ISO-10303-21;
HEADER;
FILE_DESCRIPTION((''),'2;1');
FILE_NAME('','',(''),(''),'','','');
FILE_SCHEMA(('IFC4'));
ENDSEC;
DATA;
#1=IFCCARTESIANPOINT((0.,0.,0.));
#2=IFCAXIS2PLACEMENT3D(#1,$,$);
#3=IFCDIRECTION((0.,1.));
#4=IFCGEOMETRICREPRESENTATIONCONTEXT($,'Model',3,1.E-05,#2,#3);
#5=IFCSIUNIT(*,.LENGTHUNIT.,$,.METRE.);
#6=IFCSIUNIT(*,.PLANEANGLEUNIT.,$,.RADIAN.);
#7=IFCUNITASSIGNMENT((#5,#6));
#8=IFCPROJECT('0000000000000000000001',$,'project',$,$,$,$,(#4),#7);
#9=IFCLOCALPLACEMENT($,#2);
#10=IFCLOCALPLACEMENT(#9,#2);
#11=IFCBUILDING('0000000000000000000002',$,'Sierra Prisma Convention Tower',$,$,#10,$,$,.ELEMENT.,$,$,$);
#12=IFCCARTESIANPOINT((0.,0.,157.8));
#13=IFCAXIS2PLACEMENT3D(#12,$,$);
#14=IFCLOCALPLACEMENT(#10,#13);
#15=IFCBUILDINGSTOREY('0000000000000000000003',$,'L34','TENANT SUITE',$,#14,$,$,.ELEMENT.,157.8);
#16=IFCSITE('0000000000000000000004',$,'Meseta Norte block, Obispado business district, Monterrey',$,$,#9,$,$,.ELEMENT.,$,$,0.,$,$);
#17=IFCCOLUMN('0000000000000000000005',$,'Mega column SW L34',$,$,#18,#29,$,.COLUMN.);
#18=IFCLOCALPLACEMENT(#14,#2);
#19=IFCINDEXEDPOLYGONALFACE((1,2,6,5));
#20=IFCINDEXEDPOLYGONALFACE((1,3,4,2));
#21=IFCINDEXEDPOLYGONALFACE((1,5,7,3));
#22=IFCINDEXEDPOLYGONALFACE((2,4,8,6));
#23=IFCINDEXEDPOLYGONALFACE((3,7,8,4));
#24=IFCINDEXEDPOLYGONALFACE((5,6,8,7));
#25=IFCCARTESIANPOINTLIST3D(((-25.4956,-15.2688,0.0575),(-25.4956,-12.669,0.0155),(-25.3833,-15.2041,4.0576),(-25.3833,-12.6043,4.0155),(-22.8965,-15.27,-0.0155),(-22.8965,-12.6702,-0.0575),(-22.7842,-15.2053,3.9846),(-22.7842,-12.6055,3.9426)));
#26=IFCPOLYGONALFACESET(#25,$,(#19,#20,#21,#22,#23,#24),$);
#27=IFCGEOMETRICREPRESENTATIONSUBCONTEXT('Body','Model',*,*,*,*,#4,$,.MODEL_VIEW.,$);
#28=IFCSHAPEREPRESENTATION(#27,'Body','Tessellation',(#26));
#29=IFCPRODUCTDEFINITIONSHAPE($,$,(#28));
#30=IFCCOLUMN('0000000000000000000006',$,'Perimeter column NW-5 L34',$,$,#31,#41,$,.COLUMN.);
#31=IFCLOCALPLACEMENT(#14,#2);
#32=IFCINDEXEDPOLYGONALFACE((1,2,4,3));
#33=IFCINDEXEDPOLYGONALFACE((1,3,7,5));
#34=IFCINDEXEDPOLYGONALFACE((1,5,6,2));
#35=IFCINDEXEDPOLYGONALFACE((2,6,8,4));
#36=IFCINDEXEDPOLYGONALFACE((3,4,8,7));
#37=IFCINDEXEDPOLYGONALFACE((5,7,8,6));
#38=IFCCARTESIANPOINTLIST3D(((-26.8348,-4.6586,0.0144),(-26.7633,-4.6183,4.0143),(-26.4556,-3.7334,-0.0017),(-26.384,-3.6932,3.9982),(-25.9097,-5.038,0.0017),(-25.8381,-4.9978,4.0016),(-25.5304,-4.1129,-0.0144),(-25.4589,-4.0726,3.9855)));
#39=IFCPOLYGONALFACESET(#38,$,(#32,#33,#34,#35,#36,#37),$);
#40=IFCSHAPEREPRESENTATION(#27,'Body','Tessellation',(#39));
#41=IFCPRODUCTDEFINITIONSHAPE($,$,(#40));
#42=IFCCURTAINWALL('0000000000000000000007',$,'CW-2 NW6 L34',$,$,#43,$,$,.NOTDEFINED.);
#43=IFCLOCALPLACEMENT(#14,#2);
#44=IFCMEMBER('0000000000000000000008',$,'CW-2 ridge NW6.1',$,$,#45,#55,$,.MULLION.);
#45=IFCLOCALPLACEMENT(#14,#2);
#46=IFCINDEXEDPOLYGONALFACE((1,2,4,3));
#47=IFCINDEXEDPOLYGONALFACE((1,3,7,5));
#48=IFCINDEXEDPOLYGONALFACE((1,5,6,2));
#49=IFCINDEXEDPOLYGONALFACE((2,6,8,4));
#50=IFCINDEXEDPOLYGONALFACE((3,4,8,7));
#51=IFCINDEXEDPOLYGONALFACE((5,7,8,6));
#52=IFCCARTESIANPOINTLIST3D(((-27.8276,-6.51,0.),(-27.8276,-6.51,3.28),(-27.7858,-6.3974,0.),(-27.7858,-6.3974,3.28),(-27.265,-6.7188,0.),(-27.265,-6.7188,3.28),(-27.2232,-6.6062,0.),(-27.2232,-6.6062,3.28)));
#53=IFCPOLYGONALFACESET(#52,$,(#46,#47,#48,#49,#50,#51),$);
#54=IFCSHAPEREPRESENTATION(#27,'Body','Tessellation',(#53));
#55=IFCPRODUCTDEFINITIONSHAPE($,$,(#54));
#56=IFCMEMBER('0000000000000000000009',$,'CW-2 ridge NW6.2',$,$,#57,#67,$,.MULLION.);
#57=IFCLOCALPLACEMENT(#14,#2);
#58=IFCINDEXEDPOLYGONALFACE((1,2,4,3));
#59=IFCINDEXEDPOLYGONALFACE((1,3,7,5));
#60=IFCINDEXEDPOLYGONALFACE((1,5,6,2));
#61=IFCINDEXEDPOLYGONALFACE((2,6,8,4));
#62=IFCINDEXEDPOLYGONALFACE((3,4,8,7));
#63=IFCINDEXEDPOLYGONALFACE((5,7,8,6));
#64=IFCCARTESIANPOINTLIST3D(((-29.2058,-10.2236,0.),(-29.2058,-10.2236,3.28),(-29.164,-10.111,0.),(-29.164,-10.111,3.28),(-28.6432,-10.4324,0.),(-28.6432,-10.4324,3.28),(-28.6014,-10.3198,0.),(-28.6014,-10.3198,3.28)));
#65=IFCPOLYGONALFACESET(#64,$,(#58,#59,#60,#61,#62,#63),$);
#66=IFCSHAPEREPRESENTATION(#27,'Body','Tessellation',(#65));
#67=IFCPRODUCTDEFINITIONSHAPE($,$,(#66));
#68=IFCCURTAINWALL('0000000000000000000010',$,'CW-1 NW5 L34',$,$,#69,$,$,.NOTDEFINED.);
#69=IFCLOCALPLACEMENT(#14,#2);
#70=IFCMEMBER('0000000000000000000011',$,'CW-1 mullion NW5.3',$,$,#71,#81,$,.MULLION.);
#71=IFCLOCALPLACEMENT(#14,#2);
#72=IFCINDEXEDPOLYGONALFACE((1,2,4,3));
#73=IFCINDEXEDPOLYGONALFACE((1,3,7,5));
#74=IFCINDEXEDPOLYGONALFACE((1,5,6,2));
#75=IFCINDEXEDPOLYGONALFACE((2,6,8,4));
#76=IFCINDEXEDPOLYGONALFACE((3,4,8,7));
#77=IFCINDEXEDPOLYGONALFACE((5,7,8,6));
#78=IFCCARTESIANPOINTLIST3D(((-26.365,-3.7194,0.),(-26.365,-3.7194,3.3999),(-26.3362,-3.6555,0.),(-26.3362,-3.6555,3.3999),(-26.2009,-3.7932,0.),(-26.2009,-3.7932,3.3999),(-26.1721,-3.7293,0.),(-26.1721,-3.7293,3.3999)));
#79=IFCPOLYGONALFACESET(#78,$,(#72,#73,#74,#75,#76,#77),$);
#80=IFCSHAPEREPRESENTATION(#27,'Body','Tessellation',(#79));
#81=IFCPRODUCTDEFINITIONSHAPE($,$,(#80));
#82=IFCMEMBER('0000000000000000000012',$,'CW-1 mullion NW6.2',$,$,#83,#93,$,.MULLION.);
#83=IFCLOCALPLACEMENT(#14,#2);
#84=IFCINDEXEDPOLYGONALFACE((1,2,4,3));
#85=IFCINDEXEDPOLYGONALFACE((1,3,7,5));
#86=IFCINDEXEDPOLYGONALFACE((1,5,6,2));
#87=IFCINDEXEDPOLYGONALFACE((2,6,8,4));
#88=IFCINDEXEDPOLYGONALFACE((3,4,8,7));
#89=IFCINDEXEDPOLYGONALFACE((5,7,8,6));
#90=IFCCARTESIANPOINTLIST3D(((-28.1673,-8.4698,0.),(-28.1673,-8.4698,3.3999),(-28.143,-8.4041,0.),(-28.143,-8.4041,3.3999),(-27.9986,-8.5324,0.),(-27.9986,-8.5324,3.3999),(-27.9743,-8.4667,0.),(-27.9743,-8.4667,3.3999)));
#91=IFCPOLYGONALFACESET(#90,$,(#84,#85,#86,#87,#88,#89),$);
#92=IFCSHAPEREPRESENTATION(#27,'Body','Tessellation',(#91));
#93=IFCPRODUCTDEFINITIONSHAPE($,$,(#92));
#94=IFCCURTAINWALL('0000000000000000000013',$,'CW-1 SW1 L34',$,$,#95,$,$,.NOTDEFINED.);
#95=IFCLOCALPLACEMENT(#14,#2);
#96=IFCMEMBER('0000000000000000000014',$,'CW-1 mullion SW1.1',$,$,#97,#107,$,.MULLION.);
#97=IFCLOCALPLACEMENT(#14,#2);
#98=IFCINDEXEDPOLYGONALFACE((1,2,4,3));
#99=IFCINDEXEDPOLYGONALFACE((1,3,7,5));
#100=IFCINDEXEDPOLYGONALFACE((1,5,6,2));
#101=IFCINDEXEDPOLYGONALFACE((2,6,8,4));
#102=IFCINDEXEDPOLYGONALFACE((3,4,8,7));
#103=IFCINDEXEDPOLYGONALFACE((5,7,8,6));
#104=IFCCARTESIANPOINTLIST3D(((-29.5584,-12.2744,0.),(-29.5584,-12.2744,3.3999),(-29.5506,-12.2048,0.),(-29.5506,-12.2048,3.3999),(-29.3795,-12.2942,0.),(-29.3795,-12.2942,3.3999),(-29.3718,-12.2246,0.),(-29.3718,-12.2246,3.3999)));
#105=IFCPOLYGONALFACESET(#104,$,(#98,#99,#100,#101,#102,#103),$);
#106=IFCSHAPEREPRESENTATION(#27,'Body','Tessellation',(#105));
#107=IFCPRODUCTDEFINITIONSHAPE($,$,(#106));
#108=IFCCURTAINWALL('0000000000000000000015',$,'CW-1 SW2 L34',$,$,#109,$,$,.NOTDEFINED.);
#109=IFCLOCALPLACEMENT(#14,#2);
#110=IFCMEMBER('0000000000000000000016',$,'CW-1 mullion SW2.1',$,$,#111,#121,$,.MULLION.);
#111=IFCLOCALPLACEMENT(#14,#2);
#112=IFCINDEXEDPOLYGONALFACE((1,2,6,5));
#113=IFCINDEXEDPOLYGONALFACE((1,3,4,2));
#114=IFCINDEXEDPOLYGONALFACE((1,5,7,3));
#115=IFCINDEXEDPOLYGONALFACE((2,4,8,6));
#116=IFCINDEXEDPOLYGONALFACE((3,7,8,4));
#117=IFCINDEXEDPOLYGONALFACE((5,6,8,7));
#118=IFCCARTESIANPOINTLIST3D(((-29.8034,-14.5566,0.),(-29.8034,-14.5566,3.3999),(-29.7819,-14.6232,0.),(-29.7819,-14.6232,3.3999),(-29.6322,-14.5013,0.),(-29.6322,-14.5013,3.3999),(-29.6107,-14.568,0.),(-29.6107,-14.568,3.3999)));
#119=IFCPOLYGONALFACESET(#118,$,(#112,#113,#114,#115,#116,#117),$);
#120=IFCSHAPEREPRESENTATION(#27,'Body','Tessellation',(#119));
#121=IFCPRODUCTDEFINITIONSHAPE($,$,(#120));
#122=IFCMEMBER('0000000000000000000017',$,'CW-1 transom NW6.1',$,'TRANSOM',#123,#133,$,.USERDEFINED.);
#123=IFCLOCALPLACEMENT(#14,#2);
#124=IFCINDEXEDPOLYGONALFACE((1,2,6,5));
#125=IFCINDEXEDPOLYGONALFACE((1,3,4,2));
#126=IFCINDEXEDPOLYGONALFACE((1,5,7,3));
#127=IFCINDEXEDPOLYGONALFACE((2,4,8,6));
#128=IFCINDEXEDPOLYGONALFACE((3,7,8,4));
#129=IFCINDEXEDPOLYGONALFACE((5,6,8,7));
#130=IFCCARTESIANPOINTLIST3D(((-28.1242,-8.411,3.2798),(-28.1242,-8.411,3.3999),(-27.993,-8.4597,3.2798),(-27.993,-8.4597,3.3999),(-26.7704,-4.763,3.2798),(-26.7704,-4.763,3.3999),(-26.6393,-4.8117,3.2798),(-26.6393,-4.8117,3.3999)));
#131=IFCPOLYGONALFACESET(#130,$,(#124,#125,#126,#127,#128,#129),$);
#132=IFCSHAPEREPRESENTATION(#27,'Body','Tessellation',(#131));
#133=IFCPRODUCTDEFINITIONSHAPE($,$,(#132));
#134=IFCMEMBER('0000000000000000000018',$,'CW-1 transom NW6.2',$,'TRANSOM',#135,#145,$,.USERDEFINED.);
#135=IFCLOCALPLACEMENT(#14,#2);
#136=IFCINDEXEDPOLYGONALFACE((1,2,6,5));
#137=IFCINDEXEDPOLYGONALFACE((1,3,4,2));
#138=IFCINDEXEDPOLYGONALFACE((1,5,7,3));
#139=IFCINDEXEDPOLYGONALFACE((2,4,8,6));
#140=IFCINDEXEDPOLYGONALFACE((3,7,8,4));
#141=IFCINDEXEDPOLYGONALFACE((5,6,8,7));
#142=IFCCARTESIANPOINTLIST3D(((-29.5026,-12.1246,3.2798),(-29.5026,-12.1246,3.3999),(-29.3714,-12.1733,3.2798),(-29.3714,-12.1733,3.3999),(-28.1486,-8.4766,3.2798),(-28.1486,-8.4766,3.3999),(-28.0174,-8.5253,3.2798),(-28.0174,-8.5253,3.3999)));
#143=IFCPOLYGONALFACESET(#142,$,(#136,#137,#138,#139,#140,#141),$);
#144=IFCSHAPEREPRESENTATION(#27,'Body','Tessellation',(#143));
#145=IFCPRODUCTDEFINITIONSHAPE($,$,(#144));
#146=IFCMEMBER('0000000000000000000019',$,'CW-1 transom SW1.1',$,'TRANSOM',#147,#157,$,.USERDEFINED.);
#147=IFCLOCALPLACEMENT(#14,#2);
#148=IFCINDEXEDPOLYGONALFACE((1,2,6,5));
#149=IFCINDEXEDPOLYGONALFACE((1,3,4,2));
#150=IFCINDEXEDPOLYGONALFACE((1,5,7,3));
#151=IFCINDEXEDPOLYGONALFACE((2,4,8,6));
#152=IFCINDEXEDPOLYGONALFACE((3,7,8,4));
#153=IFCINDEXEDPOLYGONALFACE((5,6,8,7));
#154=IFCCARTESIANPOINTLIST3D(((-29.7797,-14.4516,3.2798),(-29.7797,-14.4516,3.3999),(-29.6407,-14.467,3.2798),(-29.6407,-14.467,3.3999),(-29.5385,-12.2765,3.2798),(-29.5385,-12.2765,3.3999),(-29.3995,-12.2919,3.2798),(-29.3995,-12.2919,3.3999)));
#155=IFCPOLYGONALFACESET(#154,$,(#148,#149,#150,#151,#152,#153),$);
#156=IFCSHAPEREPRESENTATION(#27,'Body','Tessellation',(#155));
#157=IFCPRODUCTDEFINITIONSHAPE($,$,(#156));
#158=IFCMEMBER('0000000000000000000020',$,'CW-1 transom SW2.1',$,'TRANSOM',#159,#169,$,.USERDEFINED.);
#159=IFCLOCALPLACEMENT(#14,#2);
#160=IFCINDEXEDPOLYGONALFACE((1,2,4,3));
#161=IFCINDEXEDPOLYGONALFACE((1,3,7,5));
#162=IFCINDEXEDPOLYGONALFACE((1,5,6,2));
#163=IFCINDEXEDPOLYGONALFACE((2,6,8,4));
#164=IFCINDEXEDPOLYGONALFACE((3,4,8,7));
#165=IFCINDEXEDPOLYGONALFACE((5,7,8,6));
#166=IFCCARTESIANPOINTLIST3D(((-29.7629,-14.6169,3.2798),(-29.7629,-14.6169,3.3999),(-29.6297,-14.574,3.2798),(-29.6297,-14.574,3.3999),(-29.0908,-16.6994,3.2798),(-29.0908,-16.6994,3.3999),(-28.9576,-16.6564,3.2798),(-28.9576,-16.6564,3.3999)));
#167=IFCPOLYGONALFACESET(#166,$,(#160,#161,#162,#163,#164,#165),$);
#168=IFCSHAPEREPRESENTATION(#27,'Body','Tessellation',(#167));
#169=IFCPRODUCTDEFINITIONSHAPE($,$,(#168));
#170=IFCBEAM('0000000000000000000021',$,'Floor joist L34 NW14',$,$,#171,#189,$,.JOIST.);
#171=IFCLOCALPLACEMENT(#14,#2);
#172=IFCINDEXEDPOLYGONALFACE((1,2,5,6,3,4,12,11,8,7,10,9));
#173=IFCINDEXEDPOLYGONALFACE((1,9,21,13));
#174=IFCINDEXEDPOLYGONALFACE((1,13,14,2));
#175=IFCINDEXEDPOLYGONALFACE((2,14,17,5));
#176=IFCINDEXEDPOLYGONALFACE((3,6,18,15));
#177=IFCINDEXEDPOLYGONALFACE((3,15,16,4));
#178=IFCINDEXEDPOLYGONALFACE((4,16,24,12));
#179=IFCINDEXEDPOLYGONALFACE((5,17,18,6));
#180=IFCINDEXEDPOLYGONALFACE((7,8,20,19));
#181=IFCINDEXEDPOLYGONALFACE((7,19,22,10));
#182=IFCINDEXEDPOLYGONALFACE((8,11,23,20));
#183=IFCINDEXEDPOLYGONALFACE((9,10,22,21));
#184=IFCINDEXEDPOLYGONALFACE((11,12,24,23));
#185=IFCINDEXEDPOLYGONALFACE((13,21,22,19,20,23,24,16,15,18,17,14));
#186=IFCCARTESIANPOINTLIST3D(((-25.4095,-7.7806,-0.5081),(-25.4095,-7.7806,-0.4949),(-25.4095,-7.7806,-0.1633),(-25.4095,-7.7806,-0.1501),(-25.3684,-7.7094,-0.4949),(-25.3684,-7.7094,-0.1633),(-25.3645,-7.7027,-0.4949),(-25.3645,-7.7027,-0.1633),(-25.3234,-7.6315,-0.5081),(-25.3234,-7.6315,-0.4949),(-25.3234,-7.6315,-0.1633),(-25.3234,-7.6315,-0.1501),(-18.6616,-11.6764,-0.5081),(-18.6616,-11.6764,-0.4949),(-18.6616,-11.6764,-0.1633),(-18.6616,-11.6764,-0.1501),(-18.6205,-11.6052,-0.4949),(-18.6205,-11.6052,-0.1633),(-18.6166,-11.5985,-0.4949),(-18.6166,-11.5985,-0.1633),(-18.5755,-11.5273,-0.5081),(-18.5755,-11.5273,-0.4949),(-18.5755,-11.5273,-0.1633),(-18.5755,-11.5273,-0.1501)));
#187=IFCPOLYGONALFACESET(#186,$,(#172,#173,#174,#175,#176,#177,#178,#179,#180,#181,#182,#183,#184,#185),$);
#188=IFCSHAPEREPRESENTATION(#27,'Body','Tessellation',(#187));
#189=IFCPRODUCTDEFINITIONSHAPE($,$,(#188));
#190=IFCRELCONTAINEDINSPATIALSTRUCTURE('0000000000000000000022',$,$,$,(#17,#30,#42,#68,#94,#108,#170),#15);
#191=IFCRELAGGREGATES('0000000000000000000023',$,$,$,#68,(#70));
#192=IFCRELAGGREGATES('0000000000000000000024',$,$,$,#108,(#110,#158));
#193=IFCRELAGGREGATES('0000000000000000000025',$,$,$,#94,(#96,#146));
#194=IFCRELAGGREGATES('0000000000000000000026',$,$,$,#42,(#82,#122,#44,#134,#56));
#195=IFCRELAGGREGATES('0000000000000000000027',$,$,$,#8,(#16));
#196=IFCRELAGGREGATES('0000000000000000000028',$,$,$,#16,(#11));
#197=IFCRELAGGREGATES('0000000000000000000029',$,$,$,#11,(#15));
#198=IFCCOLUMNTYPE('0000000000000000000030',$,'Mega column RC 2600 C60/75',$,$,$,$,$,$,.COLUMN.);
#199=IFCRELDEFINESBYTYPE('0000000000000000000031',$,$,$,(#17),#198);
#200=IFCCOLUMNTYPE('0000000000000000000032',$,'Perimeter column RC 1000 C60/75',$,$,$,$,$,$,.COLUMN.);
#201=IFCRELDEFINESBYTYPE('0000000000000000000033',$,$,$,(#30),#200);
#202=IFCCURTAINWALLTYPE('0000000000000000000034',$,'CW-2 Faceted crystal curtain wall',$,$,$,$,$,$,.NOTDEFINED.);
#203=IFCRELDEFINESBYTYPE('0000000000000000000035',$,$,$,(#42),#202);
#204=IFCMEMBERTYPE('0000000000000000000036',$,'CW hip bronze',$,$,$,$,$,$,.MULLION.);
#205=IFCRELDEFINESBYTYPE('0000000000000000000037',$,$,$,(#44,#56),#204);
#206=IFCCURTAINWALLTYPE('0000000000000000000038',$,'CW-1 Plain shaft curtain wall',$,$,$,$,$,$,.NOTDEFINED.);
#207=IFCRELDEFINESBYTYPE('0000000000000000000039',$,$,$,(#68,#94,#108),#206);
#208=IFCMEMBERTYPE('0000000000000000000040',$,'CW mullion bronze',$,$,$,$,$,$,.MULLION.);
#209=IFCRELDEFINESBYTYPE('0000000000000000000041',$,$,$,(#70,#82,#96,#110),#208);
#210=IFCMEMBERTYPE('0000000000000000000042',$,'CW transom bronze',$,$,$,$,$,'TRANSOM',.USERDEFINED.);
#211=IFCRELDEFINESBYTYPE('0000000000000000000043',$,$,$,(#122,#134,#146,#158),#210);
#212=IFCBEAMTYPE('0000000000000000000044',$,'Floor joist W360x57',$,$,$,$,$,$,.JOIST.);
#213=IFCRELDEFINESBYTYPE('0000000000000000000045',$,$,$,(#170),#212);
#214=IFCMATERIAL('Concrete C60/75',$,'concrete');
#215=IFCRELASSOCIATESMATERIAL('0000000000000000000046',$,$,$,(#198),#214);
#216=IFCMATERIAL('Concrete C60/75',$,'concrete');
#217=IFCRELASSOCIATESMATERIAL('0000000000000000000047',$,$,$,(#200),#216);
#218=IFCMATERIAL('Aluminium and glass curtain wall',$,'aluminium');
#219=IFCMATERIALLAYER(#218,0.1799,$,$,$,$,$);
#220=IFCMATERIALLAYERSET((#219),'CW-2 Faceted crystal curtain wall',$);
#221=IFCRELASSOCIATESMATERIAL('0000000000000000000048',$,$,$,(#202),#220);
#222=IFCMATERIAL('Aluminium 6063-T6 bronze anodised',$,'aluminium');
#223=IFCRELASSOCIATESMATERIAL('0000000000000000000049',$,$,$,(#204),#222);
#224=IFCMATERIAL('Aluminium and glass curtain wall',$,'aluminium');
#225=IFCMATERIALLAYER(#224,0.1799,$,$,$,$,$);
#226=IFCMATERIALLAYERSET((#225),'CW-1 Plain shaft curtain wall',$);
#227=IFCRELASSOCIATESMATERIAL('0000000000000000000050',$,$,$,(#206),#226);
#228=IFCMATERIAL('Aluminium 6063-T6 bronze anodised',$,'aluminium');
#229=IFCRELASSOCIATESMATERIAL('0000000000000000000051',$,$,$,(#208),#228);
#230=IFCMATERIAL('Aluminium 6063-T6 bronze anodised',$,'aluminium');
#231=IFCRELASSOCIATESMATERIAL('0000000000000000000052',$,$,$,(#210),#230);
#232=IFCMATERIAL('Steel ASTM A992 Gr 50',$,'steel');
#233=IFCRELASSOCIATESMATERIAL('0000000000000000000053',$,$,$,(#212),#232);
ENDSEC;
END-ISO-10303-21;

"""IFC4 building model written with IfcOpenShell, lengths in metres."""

from ifc_helpers import new_model, si_unit, direction, frame, origin, origin_2d, place, context, subcontext, project, spatial, rectangle, i_section, extrude, material, layer, layer_set, material_profile, profile_set, type_object, element, aggregate, save


model = new_model("IFC4")

# Units and contexts
model_context = context("Model", 3, precision=1e-05, world=origin(), true_north=direction((0.0, 1.0)))
body_context = subcontext(model_context, "Body", "Model", "MODEL_VIEW")
ifc_project = project(units=[si_unit("LENGTHUNIT", "METRE"), si_unit("PLANEANGLEUNIT", "RADIAN")], contexts=[model_context])

# Site, building, storey
site_placement = place(None, origin())
site = spatial("IfcSite", under=ifc_project, at=site_placement, Name="Meseta Norte block, Obispado business district, Monterrey", CompositionType="ELEMENT", RefElevation=0.0)
building_placement = place(site_placement, origin())
building = spatial("IfcBuilding", under=site, at=building_placement, Name="Sierra Prisma Convention Tower", CompositionType="ELEMENT")
storey_placement = place(building_placement, frame((0.0, 0.0, 157.8)))
storey = spatial("IfcBuildingStorey", under=building, at=storey_placement, Name="L34", Description="TENANT SUITE", CompositionType="ELEMENT", Elevation=157.8)

# Columns
ifc_material_1 = material(Name="Concrete C60/75", Category="concrete")
ifc_material_profile_1 = material_profile(ifc_material_1, rectangle(XDim=2.6001, YDim=2.6001, at=origin_2d()), Name="Mega column RC 2600 C60/75")
ifc_profile_set_1 = profile_set([ifc_material_profile_1], Name="Concrete C60/75")
column_type_1 = type_object("IfcColumnType", Name="Mega column RC 2600 C60/75", PredefinedType="COLUMN", material=ifc_profile_set_1)
column_1_placement = place(storey_placement, frame((-24.196, -13.9695, 0.0), z_axis=(0.028061, 0.016166, 0.999475), x_axis=(0.999606, -0.000454, -0.028058)))
element("IfcColumn", 1, at=column_1_placement, inside=storey, type_object=column_type_1, Name="Mega column SW L34", PredefinedType="COLUMN", context=body_context, shape_type="SweptSolid", body=[
    extrude(rectangle(XDim=2.6001, YDim=2.6001, at=origin_2d()), origin(), (0.0, 0.0, 1.0), 4.0022),
])
ifc_material_2 = material(Name="Concrete C60/75", Category="concrete")
ifc_material_profile_2 = material_profile(ifc_material_2, rectangle(XDim=1.0, YDim=1.0, at=origin_2d()), Name="Perimeter column RC 1000 C60/75")
ifc_profile_set_2 = profile_set([ifc_material_profile_2], Name="Concrete C60/75")
column_type_2 = type_object("IfcColumnType", Name="Perimeter column RC 1000 C60/75", PredefinedType="COLUMN", material=ifc_profile_set_2)
column_2_placement = place(storey_placement, frame((-26.1826, -4.3857, 0.0), z_axis=(0.01788, 0.010069, 0.999789), x_axis=(0.379231, 0.925162, -0.016099)))
element("IfcColumn", 2, at=column_2_placement, inside=storey, type_object=column_type_2, Name="Perimeter column NW-5 L34", PredefinedType="COLUMN", context=body_context, shape_type="SweptSolid", body=[
    extrude(rectangle(XDim=1.0, YDim=1.0, at=origin_2d()), origin(), (0.0, 0.0, 1.0), 4.0007),
])

# Curtain wall, members
ifc_material_3 = material(Name="Aluminium and glass curtain wall", Category="aluminium")
ifc_layer_1 = layer(ifc_material_3, 0.1799)
ifc_layer_set_1 = layer_set([ifc_layer_1], Name="CW-2 Faceted crystal curtain wall")
curtain_wall_type_1 = type_object("IfcCurtainWallType", Name="CW-2 Faceted crystal curtain wall", PredefinedType="NOTDEFINED", material=ifc_layer_set_1)
curtain_wall_1_placement = place(storey_placement, origin())
curtain_wall_1 = element("IfcCurtainWall", 3, at=curtain_wall_1_placement, inside=storey, type_object=curtain_wall_type_1, Name="CW-2 NW6 L34", PredefinedType="NOTDEFINED")
ifc_material_4 = material(Name="Aluminium 6063-T6 bronze anodised", Category="aluminium")
ifc_material_profile_3 = material_profile(ifc_material_4, rectangle(XDim=0.1201, YDim=0.6001, at=origin_2d()), Name="ALU RIDGE BLADE 120x600")
ifc_profile_set_3 = profile_set([ifc_material_profile_3], Name="Aluminium 6063-T6 bronze anodised")
member_type_1 = type_object("IfcMemberType", Name="CW hip bronze", PredefinedType="MULLION", material=ifc_profile_set_3)
member_1_placement = place(storey_placement, frame((-27.5254, -6.5581, 0.0), z_axis=(0.0, 0.0, 1.0), x_axis=(-0.347954, -0.937511, 0.0)))
member_1 = element("IfcMember", 4, at=member_1_placement, type_object=member_type_1, Name="CW-2 ridge NW6.1", PredefinedType="MULLION", context=body_context, shape_type="SweptSolid", body=[
    extrude(rectangle(XDim=0.1201, YDim=0.6001, at=origin_2d()), origin(), (0.0, 0.0, 1.0), 3.28),
])
member_2_placement = place(storey_placement, frame((-28.9036, -10.2717, 0.0), z_axis=(0.0, 0.0, 1.0), x_axis=(-0.347954, -0.937511, 0.0)))
member_2 = element("IfcMember", 5, at=member_2_placement, type_object=member_type_1, Name="CW-2 ridge NW6.2", PredefinedType="MULLION", context=body_context, shape_type="SweptSolid", body=[
    extrude(rectangle(XDim=0.1201, YDim=0.6001, at=origin_2d()), origin(), (0.0, 0.0, 1.0), 3.28),
])

# Curtain wall, member
ifc_material_5 = material(Name="Aluminium and glass curtain wall", Category="aluminium")
ifc_layer_2 = layer(ifc_material_5, 0.1799)
ifc_layer_set_2 = layer_set([ifc_layer_2], Name="CW-1 Plain shaft curtain wall")
curtain_wall_type_2 = type_object("IfcCurtainWallType", Name="CW-1 Plain shaft curtain wall", PredefinedType="NOTDEFINED", material=ifc_layer_set_2)
curtain_wall_2_placement = place(storey_placement, origin())
curtain_wall_2 = element("IfcCurtainWall", 6, at=curtain_wall_2_placement, inside=storey, type_object=curtain_wall_type_2, Name="CW-1 NW5 L34", PredefinedType="NOTDEFINED")
ifc_material_6 = material(Name="Aluminium 6063-T6 bronze anodised", Category="aluminium")
ifc_material_profile_4 = material_profile(ifc_material_6, rectangle(XDim=0.1799, YDim=0.0701, at=origin_2d()), Name="ALU MULLION 70x180")
ifc_profile_set_4 = profile_set([ifc_material_profile_4], Name="Aluminium 6063-T6 bronze anodised")
member_type_2 = type_object("IfcMemberType", Name="CW mullion bronze", PredefinedType="MULLION", material=ifc_profile_set_4)
member_3_placement = place(storey_placement, frame((-26.2686, -3.7244, 0.0), z_axis=(0.0, 0.0, 1.0), x_axis=(0.911996, -0.410199, 0.0)))
member_3 = element("IfcMember", 7, at=member_3_placement, type_object=member_type_2, Name="CW-1 mullion NW5.3", PredefinedType="MULLION", context=body_context, shape_type="SweptSolid", body=[
    extrude(rectangle(XDim=0.1799, YDim=0.0701, at=origin_2d()), origin(), (0.0, 0.0, 1.0), 3.3999),
])
aggregate(curtain_wall_2, [member_3])

# Member
member_4_placement = place(storey_placement, frame((-28.0708, -8.4683, 0.0), z_axis=(0.0, 0.0, 1.0), x_axis=(0.937511, -0.347954, 0.0)))
member_4 = element("IfcMember", 8, at=member_4_placement, type_object=member_type_2, Name="CW-1 mullion NW6.2", PredefinedType="MULLION", context=body_context, shape_type="SweptSolid", body=[
    extrude(rectangle(XDim=0.1799, YDim=0.0701, at=origin_2d()), origin(), (0.0, 0.0, 1.0), 3.3999),
])

# Curtain walls, members
curtain_wall_3_placement = place(storey_placement, origin())
curtain_wall_3 = element("IfcCurtainWall", 9, at=curtain_wall_3_placement, inside=storey, type_object=curtain_wall_type_2, Name="CW-1 SW1 L34", PredefinedType="NOTDEFINED")
member_5_placement = place(storey_placement, frame((-29.4651, -12.2495, 0.0), z_axis=(0.0, 0.0, 1.0), x_axis=(0.993911, -0.110186, 0.0)))
member_5 = element("IfcMember", 10, at=member_5_placement, type_object=member_type_2, Name="CW-1 mullion SW1.1", PredefinedType="MULLION", context=body_context, shape_type="SweptSolid", body=[
    extrude(rectangle(XDim=0.1799, YDim=0.0701, at=origin_2d()), origin(), (0.0, 0.0, 1.0), 3.3999),
])
curtain_wall_4_placement = place(storey_placement, origin())
curtain_wall_4 = element("IfcCurtainWall", 11, at=curtain_wall_4_placement, inside=storey, type_object=curtain_wall_type_2, Name="CW-1 SW2 L34", PredefinedType="NOTDEFINED")
member_6_placement = place(storey_placement, frame((-29.707, -14.5623, 0.0), z_axis=(0.0, 0.0, 1.0), x_axis=(0.951641, 0.307213, 0.0)))
member_6 = element("IfcMember", 12, at=member_6_placement, type_object=member_type_2, Name="CW-1 mullion SW2.1", PredefinedType="MULLION", context=body_context, shape_type="SweptSolid", body=[
    extrude(rectangle(XDim=0.1799, YDim=0.0701, at=origin_2d()), origin(), (0.0, 0.0, 1.0), 3.3999),
])

# Members
ifc_material_7 = material(Name="Aluminium 6063-T6 bronze anodised", Category="aluminium")
ifc_material_profile_5 = material_profile(ifc_material_7, rectangle(XDim=0.1399, YDim=0.1201, at=origin_2d()), Name="ALU TRANSOM 120x140")
ifc_profile_set_5 = profile_set([ifc_material_profile_5], Name="Aluminium 6063-T6 bronze anodised")
member_type_3 = type_object("IfcMemberType", Name="CW transom bronze", ElementType="TRANSOM", PredefinedType="USERDEFINED", material=ifc_profile_set_5)
member_7_placement = place(storey_placement, frame((-26.7048, -4.7874, 3.3398), z_axis=(-0.347917, -0.937525, 0.0), x_axis=(0.937525, -0.347917, 0.0)))
member_7 = element("IfcMember", 13, at=member_7_placement, type_object=member_type_3, Name="CW-1 transom NW6.1", ObjectType="TRANSOM", PredefinedType="USERDEFINED", context=body_context, shape_type="SweptSolid", body=[
    extrude(rectangle(XDim=0.1399, YDim=0.1201, at=origin_2d()), origin(), (0.0, 0.0, 1.0), 3.8911),
])
member_8_placement = place(storey_placement, frame((-28.083, -8.501, 3.3398), z_axis=(-0.347972, -0.937505, 0.0), x_axis=(0.937505, -0.347972, 0.0)))
member_8 = element("IfcMember", 14, at=member_8_placement, type_object=member_type_3, Name="CW-1 transom NW6.2", ObjectType="TRANSOM", PredefinedType="USERDEFINED", context=body_context, shape_type="SweptSolid", body=[
    extrude(rectangle(XDim=0.1399, YDim=0.1201, at=origin_2d()), origin(), (0.0, 0.0, 1.0), 3.8911),
])
member_9_placement = place(storey_placement, frame((-29.469, -12.2842, 3.3398), z_axis=(-0.110223, -0.993907, 0.0), x_axis=(0.993907, -0.110223, 0.0)))
member_9 = element("IfcMember", 15, at=member_9_placement, type_object=member_type_3, Name="CW-1 transom SW1.1", ObjectType="TRANSOM", PredefinedType="USERDEFINED", context=body_context, shape_type="SweptSolid", body=[
    extrude(rectangle(XDim=0.1399, YDim=0.1201, at=origin_2d()), origin(), (0.0, 0.0, 1.0), 2.1885),
])
member_10_placement = place(storey_placement, frame((-29.6963, -14.5955, 3.3398), z_axis=(0.307143, -0.951663, 0.0), x_axis=(0.951663, 0.307143, 0.0)))
member_10 = element("IfcMember", 16, at=member_10_placement, type_object=member_type_3, Name="CW-1 transom SW2.1", ObjectType="TRANSOM", PredefinedType="USERDEFINED", context=body_context, shape_type="SweptSolid", body=[
    extrude(rectangle(XDim=0.1399, YDim=0.1201, at=origin_2d()), origin(), (0.0, 0.0, 1.0), 2.1882),
])
aggregate(curtain_wall_4, [member_6, member_10])

# Beam
ifc_material_8 = material(Name="Steel ASTM A992 Gr 50", Category="steel")
ifc_material_profile_6 = material_profile(ifc_material_8, i_section(OverallWidth=0.1721, OverallDepth=0.3579, WebThickness=0.0078, FlangeThickness=0.0132, at=origin_2d()), Name="W360x57")
ifc_profile_set_6 = profile_set([ifc_material_profile_6], Name="Steel ASTM A992 Gr 50")
beam_type_1 = type_object("IfcBeamType", Name="Floor joist W360x57", PredefinedType="JOIST", material=ifc_profile_set_6)
beam_1_placement = place(storey_placement, frame((-25.3665, -7.7061, -0.3291), z_axis=(0.866031, -0.499991, 0.0), x_axis=(0.499991, 0.866031, 0.0)))
element("IfcBeam", 17, at=beam_1_placement, inside=storey, type_object=beam_type_1, Name="Floor joist L34 NW14", PredefinedType="JOIST", context=body_context, shape_type="SweptSolid", body=[
    extrude(i_section(OverallWidth=0.1721, OverallDepth=0.3579, WebThickness=0.0078, FlangeThickness=0.0132, at=origin_2d()), origin(), (0.0, 0.0, 1.0), 7.7917),
])

aggregate(curtain_wall_3, [member_5, member_9])
aggregate(curtain_wall_1, [member_4, member_7, member_1, member_8, member_2])

save(model, "model.ifc")
